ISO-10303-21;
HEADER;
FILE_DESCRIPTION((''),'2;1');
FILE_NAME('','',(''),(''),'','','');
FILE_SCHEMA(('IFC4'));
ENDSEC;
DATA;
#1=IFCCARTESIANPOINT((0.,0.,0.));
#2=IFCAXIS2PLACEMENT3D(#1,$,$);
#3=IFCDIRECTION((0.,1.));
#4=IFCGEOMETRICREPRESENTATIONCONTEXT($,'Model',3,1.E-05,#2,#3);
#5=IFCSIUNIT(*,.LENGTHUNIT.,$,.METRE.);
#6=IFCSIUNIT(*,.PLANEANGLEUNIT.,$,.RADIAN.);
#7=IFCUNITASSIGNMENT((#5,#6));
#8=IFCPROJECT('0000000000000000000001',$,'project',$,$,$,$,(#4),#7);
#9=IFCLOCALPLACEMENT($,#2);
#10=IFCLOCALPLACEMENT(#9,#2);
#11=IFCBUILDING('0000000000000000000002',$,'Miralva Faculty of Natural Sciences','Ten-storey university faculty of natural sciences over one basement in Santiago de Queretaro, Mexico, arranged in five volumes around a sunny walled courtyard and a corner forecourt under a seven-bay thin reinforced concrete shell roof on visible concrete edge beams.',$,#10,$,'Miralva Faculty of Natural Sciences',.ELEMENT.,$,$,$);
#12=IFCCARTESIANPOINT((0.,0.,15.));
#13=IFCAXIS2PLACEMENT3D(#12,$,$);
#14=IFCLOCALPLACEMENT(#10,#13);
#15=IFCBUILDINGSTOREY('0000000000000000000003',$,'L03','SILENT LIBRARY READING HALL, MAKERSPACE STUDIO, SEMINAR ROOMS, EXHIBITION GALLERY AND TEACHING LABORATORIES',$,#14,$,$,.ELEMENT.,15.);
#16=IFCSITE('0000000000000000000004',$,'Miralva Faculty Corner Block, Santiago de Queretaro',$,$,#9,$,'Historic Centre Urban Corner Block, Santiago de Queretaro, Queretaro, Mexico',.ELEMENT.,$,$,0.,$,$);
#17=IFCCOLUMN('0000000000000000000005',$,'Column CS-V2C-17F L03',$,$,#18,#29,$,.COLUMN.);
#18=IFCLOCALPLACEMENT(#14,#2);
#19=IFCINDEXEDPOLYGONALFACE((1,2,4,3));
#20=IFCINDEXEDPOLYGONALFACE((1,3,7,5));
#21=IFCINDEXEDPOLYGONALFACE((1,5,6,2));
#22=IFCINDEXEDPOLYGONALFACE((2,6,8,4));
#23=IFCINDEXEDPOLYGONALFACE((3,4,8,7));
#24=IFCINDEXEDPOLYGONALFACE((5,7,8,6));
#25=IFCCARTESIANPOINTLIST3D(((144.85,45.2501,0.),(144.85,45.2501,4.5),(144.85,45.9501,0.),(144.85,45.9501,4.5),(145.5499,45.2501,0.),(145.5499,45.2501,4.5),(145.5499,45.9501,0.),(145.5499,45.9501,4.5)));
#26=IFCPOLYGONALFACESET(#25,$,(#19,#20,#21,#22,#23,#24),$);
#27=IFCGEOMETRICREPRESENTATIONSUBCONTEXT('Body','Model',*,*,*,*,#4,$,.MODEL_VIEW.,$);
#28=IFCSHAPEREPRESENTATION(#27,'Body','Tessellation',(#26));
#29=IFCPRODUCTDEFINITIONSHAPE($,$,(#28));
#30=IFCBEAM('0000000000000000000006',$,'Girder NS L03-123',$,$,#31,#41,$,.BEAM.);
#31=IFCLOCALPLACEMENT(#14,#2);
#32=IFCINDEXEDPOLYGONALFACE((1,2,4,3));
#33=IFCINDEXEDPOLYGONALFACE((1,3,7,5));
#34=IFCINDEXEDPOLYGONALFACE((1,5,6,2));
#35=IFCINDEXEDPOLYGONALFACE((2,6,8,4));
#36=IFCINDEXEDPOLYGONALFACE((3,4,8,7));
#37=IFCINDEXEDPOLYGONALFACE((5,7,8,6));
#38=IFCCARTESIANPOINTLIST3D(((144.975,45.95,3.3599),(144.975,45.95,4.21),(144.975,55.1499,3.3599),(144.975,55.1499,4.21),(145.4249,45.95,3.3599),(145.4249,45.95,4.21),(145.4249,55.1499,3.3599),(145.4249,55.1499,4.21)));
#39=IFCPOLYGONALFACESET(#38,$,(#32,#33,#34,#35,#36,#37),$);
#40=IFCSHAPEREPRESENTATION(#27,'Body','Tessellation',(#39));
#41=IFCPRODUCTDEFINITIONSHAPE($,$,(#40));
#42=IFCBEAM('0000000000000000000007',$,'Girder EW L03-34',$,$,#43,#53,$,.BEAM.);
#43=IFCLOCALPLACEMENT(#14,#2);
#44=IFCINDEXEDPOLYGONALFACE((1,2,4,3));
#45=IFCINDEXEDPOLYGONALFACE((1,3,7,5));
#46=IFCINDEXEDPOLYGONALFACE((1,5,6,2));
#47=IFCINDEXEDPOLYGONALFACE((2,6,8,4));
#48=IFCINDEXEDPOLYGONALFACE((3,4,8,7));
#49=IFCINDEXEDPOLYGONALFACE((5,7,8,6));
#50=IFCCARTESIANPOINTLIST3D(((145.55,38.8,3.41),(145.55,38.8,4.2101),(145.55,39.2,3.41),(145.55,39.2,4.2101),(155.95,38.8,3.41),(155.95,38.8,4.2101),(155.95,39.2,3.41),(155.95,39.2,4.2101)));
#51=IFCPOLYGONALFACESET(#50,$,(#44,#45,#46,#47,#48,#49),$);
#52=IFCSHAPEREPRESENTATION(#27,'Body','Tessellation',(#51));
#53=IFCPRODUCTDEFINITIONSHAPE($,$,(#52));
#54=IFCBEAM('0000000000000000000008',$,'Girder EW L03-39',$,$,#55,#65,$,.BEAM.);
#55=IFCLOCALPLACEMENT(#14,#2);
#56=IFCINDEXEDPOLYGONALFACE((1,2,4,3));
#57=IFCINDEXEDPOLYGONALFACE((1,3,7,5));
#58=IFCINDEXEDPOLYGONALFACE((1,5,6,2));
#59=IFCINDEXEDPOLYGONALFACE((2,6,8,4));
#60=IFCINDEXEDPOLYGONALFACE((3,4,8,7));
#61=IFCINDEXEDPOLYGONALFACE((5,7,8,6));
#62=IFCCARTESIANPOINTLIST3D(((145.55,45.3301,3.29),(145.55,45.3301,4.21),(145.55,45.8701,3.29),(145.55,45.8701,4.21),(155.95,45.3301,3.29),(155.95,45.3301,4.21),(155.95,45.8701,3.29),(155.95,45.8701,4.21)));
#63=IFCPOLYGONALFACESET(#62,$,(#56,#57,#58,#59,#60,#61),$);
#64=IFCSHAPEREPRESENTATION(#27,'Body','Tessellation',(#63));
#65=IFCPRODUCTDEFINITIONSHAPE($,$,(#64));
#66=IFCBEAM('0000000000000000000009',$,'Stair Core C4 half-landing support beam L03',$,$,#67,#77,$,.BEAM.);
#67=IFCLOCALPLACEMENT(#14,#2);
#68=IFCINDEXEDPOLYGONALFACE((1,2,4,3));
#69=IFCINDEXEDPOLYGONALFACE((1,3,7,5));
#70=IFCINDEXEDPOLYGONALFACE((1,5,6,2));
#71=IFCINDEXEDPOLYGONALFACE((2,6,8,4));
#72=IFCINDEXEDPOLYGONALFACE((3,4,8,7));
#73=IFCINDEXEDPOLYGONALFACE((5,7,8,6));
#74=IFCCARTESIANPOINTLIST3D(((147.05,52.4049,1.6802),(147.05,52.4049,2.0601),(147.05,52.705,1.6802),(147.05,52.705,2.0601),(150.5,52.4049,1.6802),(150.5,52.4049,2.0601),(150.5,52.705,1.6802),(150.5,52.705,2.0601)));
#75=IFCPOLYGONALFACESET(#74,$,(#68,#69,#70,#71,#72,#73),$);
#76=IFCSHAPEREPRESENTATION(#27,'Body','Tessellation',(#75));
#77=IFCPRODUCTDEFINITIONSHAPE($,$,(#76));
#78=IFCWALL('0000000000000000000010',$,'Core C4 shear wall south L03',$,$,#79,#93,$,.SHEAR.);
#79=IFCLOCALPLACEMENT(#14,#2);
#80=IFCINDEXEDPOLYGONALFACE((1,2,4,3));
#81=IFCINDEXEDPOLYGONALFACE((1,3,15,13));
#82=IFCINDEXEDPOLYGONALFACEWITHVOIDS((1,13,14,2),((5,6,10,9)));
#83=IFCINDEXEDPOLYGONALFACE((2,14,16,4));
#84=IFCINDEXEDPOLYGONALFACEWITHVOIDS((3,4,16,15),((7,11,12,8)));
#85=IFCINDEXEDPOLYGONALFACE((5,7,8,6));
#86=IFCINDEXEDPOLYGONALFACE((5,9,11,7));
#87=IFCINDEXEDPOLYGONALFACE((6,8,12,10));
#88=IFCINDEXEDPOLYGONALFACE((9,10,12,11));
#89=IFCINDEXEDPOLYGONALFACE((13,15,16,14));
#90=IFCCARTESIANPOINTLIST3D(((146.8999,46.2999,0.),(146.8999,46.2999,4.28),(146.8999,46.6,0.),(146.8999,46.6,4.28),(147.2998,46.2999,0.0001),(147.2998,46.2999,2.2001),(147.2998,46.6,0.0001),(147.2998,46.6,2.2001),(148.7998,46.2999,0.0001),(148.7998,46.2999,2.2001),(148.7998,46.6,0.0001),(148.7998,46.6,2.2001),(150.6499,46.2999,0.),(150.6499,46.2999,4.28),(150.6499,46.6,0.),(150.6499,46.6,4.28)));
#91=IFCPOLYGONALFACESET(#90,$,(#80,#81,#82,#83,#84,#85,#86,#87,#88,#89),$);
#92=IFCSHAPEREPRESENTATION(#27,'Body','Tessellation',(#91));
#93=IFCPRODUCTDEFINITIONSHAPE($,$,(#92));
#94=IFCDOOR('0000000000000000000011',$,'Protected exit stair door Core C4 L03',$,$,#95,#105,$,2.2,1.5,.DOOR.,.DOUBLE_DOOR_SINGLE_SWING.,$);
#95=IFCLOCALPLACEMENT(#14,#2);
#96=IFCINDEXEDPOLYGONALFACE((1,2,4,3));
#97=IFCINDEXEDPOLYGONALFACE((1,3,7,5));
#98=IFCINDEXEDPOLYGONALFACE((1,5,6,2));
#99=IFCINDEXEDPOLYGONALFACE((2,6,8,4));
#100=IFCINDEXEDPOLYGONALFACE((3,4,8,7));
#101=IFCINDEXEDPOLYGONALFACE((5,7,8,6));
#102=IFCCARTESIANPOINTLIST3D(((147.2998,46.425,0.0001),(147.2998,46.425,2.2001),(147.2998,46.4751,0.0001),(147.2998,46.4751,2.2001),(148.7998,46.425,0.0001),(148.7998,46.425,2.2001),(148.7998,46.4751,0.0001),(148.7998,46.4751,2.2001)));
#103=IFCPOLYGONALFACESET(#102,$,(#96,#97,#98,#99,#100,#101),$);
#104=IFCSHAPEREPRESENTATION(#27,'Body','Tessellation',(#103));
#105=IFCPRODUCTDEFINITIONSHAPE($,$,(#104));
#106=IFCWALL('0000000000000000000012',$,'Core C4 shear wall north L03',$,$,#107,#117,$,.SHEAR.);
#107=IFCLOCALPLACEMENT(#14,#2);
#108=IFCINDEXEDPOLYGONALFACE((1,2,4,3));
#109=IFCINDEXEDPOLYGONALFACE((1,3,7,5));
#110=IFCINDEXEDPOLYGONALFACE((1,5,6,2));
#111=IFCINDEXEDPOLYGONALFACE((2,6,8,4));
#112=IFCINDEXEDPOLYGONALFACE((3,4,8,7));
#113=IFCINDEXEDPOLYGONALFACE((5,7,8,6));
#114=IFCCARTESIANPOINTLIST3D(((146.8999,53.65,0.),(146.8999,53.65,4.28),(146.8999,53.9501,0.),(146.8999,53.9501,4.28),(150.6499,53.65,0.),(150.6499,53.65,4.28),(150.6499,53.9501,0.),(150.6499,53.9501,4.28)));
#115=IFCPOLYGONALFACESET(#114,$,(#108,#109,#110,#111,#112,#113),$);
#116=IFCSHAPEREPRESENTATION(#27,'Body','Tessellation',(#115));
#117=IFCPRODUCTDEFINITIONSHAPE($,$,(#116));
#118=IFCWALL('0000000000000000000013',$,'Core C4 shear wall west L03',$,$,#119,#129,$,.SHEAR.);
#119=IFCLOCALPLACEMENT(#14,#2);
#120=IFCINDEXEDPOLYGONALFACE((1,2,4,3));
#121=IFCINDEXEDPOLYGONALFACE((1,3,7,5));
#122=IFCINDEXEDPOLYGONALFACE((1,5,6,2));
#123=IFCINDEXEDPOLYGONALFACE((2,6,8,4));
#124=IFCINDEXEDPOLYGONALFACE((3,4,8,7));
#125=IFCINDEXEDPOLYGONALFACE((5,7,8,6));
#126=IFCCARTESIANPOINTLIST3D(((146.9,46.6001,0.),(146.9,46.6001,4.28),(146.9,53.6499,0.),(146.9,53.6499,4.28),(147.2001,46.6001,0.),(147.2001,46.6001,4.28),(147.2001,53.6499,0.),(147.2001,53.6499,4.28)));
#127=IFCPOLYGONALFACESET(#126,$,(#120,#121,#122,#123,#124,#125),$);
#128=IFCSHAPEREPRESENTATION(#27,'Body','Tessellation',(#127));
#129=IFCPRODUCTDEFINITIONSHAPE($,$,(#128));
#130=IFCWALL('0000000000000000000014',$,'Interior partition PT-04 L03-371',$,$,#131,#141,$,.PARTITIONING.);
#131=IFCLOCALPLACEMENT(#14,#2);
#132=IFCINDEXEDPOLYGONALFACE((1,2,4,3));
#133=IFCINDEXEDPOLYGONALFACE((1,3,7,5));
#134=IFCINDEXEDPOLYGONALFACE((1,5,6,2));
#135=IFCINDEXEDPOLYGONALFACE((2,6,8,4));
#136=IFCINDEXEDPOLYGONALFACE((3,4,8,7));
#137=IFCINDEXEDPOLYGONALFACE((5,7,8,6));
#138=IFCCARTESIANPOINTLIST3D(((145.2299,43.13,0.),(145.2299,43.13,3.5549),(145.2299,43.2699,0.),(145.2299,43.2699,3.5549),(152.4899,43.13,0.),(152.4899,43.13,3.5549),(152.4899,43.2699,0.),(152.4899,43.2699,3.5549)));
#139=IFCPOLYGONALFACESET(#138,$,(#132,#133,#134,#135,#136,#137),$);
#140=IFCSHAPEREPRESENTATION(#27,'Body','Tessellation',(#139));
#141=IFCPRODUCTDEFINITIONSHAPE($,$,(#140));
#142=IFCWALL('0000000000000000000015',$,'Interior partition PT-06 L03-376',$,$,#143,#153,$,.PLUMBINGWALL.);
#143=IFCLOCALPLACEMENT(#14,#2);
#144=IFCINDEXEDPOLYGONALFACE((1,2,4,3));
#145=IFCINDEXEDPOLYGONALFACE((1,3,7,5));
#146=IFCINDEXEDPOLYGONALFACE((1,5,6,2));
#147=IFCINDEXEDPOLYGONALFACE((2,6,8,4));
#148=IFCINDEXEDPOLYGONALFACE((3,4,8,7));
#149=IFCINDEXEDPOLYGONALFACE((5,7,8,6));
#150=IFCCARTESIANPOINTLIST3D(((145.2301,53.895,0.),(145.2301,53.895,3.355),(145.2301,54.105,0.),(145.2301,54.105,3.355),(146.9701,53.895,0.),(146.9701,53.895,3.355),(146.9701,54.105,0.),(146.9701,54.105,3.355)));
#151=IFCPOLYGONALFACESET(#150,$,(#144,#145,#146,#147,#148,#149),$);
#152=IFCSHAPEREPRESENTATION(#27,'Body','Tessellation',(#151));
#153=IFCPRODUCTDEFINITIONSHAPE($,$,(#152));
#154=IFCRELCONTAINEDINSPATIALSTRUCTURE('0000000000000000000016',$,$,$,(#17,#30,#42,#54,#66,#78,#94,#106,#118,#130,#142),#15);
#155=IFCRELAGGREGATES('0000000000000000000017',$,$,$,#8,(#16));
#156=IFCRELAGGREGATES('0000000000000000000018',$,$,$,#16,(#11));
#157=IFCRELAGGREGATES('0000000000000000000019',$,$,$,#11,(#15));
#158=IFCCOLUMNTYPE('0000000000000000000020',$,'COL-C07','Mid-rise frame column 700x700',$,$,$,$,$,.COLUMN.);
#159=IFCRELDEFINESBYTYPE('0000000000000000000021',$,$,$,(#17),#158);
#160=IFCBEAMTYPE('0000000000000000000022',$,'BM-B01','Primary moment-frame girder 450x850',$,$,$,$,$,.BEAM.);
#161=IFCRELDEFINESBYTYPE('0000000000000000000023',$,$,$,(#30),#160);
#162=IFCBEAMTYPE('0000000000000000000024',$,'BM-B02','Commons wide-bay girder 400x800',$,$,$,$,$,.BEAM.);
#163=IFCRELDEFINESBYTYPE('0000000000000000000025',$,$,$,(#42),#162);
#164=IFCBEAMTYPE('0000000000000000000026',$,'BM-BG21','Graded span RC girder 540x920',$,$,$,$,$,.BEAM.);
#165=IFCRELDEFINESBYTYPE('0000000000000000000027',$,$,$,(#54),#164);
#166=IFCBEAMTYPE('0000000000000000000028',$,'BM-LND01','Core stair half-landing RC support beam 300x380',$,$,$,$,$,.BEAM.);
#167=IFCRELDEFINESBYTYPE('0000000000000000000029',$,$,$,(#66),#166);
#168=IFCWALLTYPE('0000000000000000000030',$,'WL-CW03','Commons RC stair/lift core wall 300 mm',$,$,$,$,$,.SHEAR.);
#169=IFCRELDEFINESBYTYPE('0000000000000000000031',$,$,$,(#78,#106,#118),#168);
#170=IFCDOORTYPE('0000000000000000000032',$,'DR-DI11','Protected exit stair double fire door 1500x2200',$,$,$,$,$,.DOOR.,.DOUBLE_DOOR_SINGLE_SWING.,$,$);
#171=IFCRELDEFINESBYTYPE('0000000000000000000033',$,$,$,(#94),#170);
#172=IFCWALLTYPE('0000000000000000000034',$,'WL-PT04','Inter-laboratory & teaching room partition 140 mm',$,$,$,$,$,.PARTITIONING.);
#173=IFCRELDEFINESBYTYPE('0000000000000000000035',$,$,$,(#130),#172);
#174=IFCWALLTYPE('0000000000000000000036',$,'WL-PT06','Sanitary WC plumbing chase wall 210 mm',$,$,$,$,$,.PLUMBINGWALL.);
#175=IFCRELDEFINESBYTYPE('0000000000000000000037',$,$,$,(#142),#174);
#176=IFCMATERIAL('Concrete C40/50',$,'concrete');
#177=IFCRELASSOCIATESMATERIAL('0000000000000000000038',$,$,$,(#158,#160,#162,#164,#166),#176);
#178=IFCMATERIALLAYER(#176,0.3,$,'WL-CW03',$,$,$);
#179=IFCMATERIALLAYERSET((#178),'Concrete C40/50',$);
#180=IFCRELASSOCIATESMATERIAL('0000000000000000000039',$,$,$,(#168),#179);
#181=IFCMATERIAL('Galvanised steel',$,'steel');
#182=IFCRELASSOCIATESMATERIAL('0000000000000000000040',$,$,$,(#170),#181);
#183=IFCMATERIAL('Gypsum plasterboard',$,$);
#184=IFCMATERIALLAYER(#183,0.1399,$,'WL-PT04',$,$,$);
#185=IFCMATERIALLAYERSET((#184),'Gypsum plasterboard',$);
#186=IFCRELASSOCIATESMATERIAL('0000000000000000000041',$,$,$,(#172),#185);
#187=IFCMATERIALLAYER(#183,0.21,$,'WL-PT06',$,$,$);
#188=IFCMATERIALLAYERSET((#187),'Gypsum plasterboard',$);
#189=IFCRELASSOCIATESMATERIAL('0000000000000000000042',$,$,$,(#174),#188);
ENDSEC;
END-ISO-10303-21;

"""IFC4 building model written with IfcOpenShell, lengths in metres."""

from ifc_helpers import new_model, si_unit, direction, frame, frame_2d, origin, origin_2d, place, context, subcontext, project, spatial, rectangle, extrude, material, layer, layer_set, material_profile, profile_set, type_object, element, fill, save


model = new_model("IFC4")

# Units and contexts
model_context = context("Model", 3, precision=1e-05, world=origin(), true_north=direction((0.0, 1.0)))
body_context = subcontext(model_context, "Body", "Model", "MODEL_VIEW")
ifc_project = project(units=[si_unit("LENGTHUNIT", "METRE"), si_unit("PLANEANGLEUNIT", "RADIAN")], contexts=[model_context])

# Site, building, storey
site_placement = place(None, origin())
site = spatial("IfcSite", under=ifc_project, at=site_placement, Name="Miralva Faculty Corner Block, Santiago de Queretaro", LongName="Historic Centre Urban Corner Block, Santiago de Queretaro, Queretaro, Mexico", CompositionType="ELEMENT", RefElevation=0.0)
building_placement = place(site_placement, origin())
building = spatial("IfcBuilding", under=site, at=building_placement, Name="Miralva Faculty of Natural Sciences", Description="Ten-storey university faculty of natural sciences over one basement in Santiago de Queretaro, Mexico, arranged in five volumes around a sunny walled courtyard and a corner forecourt under a seven-bay thin reinforced concrete shell roof on visible concrete edge beams.", LongName="Miralva Faculty of Natural Sciences", CompositionType="ELEMENT")
storey_placement = place(building_placement, frame((0.0, 0.0, 15.0)))
storey = spatial("IfcBuildingStorey", under=building, at=storey_placement, Name="L03", Description="SILENT LIBRARY READING HALL, MAKERSPACE STUDIO, SEMINAR ROOMS, EXHIBITION GALLERY AND TEACHING LABORATORIES", CompositionType="ELEMENT", Elevation=15.0)

# Column
ifc_material_1 = material(Name="Concrete C40/50", Category="concrete")
ifc_material_profile_1 = material_profile(ifc_material_1, rectangle(XDim=0.7, YDim=0.7, at=origin_2d()), Name="RC 700x700")
ifc_profile_set_1 = profile_set([ifc_material_profile_1], Name="Concrete C40/50")
column_type = type_object("IfcColumnType", Name="COL-C07", Description="Mid-rise frame column 700x700", PredefinedType="COLUMN", material=ifc_profile_set_1)
column_placement = place(storey_placement, frame((145.2, 45.6001, 0.0), z_axis=(0.0, 0.0, 1.0), x_axis=(1.0, 0.0, 0.0)))
element("IfcColumn", 1, at=column_placement, inside=storey, type_object=column_type, Name="Column CS-V2C-17F L03", PredefinedType="COLUMN", context=body_context, shape_type="SweptSolid", body=[
    extrude(rectangle(XDim=0.7, YDim=0.7, at=origin_2d()), origin(), (0.0, 0.0, 1.0), 4.5),
])

# Beams
ifc_material_profile_2 = material_profile(ifc_material_1, rectangle(XDim=0.45, YDim=0.8501, at=origin_2d()), Name="RC 450x850")
ifc_profile_set_2 = profile_set([ifc_material_profile_2], Name="Concrete C40/50")
beam_type_1 = type_object("IfcBeamType", Name="BM-B01", Description="Primary moment-frame girder 450x850", PredefinedType="BEAM", material=ifc_profile_set_2)
beam_1_placement = place(storey_placement, frame((145.2, 45.95, 3.7849), z_axis=(0.0, 1.0, 0.0), x_axis=(-1.0, 0.0, 0.0)))
element("IfcBeam", 2, at=beam_1_placement, inside=storey, type_object=beam_type_1, Name="Girder NS L03-123", PredefinedType="BEAM", context=body_context, shape_type="SweptSolid", body=[
    extrude(rectangle(XDim=0.45, YDim=0.8501, at=origin_2d()), origin(), (0.0, 0.0, 1.0), 9.2),
])
ifc_material_profile_3 = material_profile(ifc_material_1, rectangle(XDim=0.3999, YDim=0.8, at=origin_2d()), Name="RC 400x800")
ifc_profile_set_3 = profile_set([ifc_material_profile_3], Name="Concrete C40/50")
beam_type_2 = type_object("IfcBeamType", Name="BM-B02", Description="Commons wide-bay girder 400x800", PredefinedType="BEAM", material=ifc_profile_set_3)
beam_2_placement = place(storey_placement, frame((145.55, 39.0, 3.8101), z_axis=(1.0, 0.0, 0.0), x_axis=(0.0, 1.0, 0.0)))
element("IfcBeam", 3, at=beam_2_placement, inside=storey, type_object=beam_type_2, Name="Girder EW L03-34", PredefinedType="BEAM", context=body_context, shape_type="SweptSolid", body=[
    extrude(rectangle(XDim=0.3999, YDim=0.8, at=origin_2d()), origin(), (0.0, 0.0, 1.0), 10.3999),
])
ifc_material_profile_4 = material_profile(ifc_material_1, rectangle(XDim=0.54, YDim=0.9199, at=origin_2d()), Name="RC 540x920")
ifc_profile_set_4 = profile_set([ifc_material_profile_4], Name="Concrete C40/50")
beam_type_3 = type_object("IfcBeamType", Name="BM-BG21", Description="Graded span RC girder 540x920", PredefinedType="BEAM", material=ifc_profile_set_4)
beam_3_placement = place(storey_placement, frame((145.55, 45.6001, 3.75), z_axis=(1.0, 0.0, 0.0), x_axis=(0.0, 1.0, 0.0)))
element("IfcBeam", 4, at=beam_3_placement, inside=storey, type_object=beam_type_3, Name="Girder EW L03-39", PredefinedType="BEAM", context=body_context, shape_type="SweptSolid", body=[
    extrude(rectangle(XDim=0.54, YDim=0.9199, at=origin_2d()), origin(), (0.0, 0.0, 1.0), 10.3999),
])
ifc_material_profile_5 = material_profile(ifc_material_1, rectangle(XDim=0.3, YDim=0.3799, at=origin_2d()), Name="RC 300x380")
ifc_profile_set_5 = profile_set([ifc_material_profile_5], Name="Concrete C40/50")
beam_type_4 = type_object("IfcBeamType", Name="BM-LND01", Description="Core stair half-landing RC support beam 300x380", PredefinedType="BEAM", material=ifc_profile_set_5)
beam_4_placement = place(storey_placement, frame((147.05, 52.5549, 1.8701), z_axis=(1.0, 0.0, 0.0), x_axis=(0.0, 1.0, 0.0)))
element("IfcBeam", 5, at=beam_4_placement, inside=storey, type_object=beam_type_4, Name="Stair Core C4 half-landing support beam L03", PredefinedType="BEAM", context=body_context, shape_type="SweptSolid", body=[
    extrude(rectangle(XDim=0.3, YDim=0.3799, at=origin_2d()), origin(), (0.0, 0.0, 1.0), 3.45),
])

# Wall, opening, door
ifc_layer_1 = layer(ifc_material_1, 0.3, Name="WL-CW03")
ifc_layer_set_1 = layer_set([ifc_layer_1], Name="Concrete C40/50")
wall_type_1 = type_object("IfcWallType", Name="WL-CW03", Description="Commons RC stair/lift core wall 300 mm", PredefinedType="SHEAR", material=ifc_layer_set_1)
wall_1_placement = place(storey_placement, frame((146.8999, 46.45, 0.0), z_axis=(0.0, 0.0, 1.0), x_axis=(1.0, 0.0, 0.0)))
wall_1 = element("IfcWall", 6, at=wall_1_placement, inside=storey, type_object=wall_type_1, Name="Core C4 shear wall south L03", PredefinedType="SHEAR", context=body_context, shape_type="SweptSolid", body=[
    extrude(rectangle(XDim=3.75, YDim=0.3, at=frame_2d((1.875, 0.0))), origin(), (0.0, 0.0, 1.0), 4.28),
])
opening_placement = place(wall_1_placement, frame((0.3999, 0.0, 0.0)))
opening = element("IfcOpeningElement", 7, at=opening_placement, cuts=wall_1, PredefinedType="OPENING", context=body_context, shape_type="SweptSolid", body=[
    extrude(rectangle(XDim=1.5, YDim=2.2, at=frame_2d((0.75, 1.1001))), frame((0.0, 0.1599, 0.0), z_axis=(0.0, -1.0, 0.0), x_axis=(1.0, 0.0, 0.0)), (0.0, 0.0, 1.0), 0.3201),
])
ifc_material_2 = material(Name="Galvanised steel", Category="steel")
door_type = type_object("IfcDoorType", Name="DR-DI11", Description="Protected exit stair double fire door 1500x2200", OperationType="DOUBLE_DOOR_SINGLE_SWING", PredefinedType="DOOR", material=ifc_material_2)
door_placement = place(opening_placement, frame((1.5, 0.0, 0.0), z_axis=(0.0, 0.0, 1.0), x_axis=(-1.0, 0.0, 0.0)))
door = element("IfcDoor", 8, at=door_placement, inside=storey, type_object=door_type, Name="Protected exit stair door Core C4 L03", OperationType="DOUBLE_DOOR_SINGLE_SWING", OverallHeight=2.2, OverallWidth=1.5, PredefinedType="DOOR", context=body_context, shape_type="SweptSolid", body=[
    extrude(rectangle(XDim=1.5, YDim=2.2, at=frame_2d((0.75, 1.1001))), frame((0.0, 0.0249, 0.0), z_axis=(0.0, -1.0, 0.0), x_axis=(1.0, 0.0, 0.0)), (0.0, 0.0, 1.0), 0.05),
])
fill(opening, door)

# Walls
wall_2_placement = place(storey_placement, frame((146.8999, 53.8, 0.0), z_axis=(0.0, 0.0, 1.0), x_axis=(1.0, 0.0, 0.0)))
element("IfcWall", 9, at=wall_2_placement, inside=storey, type_object=wall_type_1, Name="Core C4 shear wall north L03", PredefinedType="SHEAR", context=body_context, shape_type="SweptSolid", body=[
    extrude(rectangle(XDim=3.75, YDim=0.3, at=frame_2d((1.875, 0.0))), origin(), (0.0, 0.0, 1.0), 4.28),
])
wall_3_placement = place(storey_placement, frame((147.05, 46.6001, 0.0), z_axis=(0.0, 0.0, 1.0), x_axis=(0.0, 1.0, 0.0)))
element("IfcWall", 10, at=wall_3_placement, inside=storey, type_object=wall_type_1, Name="Core C4 shear wall west L03", PredefinedType="SHEAR", context=body_context, shape_type="SweptSolid", body=[
    extrude(rectangle(XDim=7.0498, YDim=0.3, at=frame_2d((3.5249, 0.0))), origin(), (0.0, 0.0, 1.0), 4.28),
])
ifc_material_3 = material(Name="Gypsum plasterboard")
ifc_layer_2 = layer(ifc_material_3, 0.1399, Name="WL-PT04")
ifc_layer_set_2 = layer_set([ifc_layer_2], Name="Gypsum plasterboard")
wall_type_2 = type_object("IfcWallType", Name="WL-PT04", Description="Inter-laboratory & teaching room partition 140 mm", PredefinedType="PARTITIONING", material=ifc_layer_set_2)
wall_4_placement = place(storey_placement, frame((145.23, 43.2, 0.0), z_axis=(0.0, 0.0, 1.0), x_axis=(1.0, 0.0, 0.0)))
element("IfcWall", 11, at=wall_4_placement, inside=storey, type_object=wall_type_2, Name="Interior partition PT-04 L03-371", PredefinedType="PARTITIONING", context=body_context, shape_type="SweptSolid", body=[
    extrude(rectangle(XDim=7.26, YDim=0.1399, at=frame_2d((3.6299, 0.0))), origin(), (0.0, 0.0, 1.0), 3.5549),
])
ifc_layer_3 = layer(ifc_material_3, 0.21, Name="WL-PT06")
ifc_layer_set_3 = layer_set([ifc_layer_3], Name="Gypsum plasterboard")
wall_type_3 = type_object("IfcWallType", Name="WL-PT06", Description="Sanitary WC plumbing chase wall 210 mm", PredefinedType="PLUMBINGWALL", material=ifc_layer_set_3)
wall_5_placement = place(storey_placement, frame((145.23, 54.0, 0.0), z_axis=(0.0, 0.0, 1.0), x_axis=(1.0, 0.0, 0.0)))
element("IfcWall", 12, at=wall_5_placement, inside=storey, type_object=wall_type_3, Name="Interior partition PT-06 L03-376", PredefinedType="PLUMBINGWALL", context=body_context, shape_type="SweptSolid", body=[
    extrude(rectangle(XDim=1.74, YDim=0.21, at=frame_2d((0.8701, 0.0))), origin(), (0.0, 0.0, 1.0), 3.355),
])

save(model, "model.ifc")
